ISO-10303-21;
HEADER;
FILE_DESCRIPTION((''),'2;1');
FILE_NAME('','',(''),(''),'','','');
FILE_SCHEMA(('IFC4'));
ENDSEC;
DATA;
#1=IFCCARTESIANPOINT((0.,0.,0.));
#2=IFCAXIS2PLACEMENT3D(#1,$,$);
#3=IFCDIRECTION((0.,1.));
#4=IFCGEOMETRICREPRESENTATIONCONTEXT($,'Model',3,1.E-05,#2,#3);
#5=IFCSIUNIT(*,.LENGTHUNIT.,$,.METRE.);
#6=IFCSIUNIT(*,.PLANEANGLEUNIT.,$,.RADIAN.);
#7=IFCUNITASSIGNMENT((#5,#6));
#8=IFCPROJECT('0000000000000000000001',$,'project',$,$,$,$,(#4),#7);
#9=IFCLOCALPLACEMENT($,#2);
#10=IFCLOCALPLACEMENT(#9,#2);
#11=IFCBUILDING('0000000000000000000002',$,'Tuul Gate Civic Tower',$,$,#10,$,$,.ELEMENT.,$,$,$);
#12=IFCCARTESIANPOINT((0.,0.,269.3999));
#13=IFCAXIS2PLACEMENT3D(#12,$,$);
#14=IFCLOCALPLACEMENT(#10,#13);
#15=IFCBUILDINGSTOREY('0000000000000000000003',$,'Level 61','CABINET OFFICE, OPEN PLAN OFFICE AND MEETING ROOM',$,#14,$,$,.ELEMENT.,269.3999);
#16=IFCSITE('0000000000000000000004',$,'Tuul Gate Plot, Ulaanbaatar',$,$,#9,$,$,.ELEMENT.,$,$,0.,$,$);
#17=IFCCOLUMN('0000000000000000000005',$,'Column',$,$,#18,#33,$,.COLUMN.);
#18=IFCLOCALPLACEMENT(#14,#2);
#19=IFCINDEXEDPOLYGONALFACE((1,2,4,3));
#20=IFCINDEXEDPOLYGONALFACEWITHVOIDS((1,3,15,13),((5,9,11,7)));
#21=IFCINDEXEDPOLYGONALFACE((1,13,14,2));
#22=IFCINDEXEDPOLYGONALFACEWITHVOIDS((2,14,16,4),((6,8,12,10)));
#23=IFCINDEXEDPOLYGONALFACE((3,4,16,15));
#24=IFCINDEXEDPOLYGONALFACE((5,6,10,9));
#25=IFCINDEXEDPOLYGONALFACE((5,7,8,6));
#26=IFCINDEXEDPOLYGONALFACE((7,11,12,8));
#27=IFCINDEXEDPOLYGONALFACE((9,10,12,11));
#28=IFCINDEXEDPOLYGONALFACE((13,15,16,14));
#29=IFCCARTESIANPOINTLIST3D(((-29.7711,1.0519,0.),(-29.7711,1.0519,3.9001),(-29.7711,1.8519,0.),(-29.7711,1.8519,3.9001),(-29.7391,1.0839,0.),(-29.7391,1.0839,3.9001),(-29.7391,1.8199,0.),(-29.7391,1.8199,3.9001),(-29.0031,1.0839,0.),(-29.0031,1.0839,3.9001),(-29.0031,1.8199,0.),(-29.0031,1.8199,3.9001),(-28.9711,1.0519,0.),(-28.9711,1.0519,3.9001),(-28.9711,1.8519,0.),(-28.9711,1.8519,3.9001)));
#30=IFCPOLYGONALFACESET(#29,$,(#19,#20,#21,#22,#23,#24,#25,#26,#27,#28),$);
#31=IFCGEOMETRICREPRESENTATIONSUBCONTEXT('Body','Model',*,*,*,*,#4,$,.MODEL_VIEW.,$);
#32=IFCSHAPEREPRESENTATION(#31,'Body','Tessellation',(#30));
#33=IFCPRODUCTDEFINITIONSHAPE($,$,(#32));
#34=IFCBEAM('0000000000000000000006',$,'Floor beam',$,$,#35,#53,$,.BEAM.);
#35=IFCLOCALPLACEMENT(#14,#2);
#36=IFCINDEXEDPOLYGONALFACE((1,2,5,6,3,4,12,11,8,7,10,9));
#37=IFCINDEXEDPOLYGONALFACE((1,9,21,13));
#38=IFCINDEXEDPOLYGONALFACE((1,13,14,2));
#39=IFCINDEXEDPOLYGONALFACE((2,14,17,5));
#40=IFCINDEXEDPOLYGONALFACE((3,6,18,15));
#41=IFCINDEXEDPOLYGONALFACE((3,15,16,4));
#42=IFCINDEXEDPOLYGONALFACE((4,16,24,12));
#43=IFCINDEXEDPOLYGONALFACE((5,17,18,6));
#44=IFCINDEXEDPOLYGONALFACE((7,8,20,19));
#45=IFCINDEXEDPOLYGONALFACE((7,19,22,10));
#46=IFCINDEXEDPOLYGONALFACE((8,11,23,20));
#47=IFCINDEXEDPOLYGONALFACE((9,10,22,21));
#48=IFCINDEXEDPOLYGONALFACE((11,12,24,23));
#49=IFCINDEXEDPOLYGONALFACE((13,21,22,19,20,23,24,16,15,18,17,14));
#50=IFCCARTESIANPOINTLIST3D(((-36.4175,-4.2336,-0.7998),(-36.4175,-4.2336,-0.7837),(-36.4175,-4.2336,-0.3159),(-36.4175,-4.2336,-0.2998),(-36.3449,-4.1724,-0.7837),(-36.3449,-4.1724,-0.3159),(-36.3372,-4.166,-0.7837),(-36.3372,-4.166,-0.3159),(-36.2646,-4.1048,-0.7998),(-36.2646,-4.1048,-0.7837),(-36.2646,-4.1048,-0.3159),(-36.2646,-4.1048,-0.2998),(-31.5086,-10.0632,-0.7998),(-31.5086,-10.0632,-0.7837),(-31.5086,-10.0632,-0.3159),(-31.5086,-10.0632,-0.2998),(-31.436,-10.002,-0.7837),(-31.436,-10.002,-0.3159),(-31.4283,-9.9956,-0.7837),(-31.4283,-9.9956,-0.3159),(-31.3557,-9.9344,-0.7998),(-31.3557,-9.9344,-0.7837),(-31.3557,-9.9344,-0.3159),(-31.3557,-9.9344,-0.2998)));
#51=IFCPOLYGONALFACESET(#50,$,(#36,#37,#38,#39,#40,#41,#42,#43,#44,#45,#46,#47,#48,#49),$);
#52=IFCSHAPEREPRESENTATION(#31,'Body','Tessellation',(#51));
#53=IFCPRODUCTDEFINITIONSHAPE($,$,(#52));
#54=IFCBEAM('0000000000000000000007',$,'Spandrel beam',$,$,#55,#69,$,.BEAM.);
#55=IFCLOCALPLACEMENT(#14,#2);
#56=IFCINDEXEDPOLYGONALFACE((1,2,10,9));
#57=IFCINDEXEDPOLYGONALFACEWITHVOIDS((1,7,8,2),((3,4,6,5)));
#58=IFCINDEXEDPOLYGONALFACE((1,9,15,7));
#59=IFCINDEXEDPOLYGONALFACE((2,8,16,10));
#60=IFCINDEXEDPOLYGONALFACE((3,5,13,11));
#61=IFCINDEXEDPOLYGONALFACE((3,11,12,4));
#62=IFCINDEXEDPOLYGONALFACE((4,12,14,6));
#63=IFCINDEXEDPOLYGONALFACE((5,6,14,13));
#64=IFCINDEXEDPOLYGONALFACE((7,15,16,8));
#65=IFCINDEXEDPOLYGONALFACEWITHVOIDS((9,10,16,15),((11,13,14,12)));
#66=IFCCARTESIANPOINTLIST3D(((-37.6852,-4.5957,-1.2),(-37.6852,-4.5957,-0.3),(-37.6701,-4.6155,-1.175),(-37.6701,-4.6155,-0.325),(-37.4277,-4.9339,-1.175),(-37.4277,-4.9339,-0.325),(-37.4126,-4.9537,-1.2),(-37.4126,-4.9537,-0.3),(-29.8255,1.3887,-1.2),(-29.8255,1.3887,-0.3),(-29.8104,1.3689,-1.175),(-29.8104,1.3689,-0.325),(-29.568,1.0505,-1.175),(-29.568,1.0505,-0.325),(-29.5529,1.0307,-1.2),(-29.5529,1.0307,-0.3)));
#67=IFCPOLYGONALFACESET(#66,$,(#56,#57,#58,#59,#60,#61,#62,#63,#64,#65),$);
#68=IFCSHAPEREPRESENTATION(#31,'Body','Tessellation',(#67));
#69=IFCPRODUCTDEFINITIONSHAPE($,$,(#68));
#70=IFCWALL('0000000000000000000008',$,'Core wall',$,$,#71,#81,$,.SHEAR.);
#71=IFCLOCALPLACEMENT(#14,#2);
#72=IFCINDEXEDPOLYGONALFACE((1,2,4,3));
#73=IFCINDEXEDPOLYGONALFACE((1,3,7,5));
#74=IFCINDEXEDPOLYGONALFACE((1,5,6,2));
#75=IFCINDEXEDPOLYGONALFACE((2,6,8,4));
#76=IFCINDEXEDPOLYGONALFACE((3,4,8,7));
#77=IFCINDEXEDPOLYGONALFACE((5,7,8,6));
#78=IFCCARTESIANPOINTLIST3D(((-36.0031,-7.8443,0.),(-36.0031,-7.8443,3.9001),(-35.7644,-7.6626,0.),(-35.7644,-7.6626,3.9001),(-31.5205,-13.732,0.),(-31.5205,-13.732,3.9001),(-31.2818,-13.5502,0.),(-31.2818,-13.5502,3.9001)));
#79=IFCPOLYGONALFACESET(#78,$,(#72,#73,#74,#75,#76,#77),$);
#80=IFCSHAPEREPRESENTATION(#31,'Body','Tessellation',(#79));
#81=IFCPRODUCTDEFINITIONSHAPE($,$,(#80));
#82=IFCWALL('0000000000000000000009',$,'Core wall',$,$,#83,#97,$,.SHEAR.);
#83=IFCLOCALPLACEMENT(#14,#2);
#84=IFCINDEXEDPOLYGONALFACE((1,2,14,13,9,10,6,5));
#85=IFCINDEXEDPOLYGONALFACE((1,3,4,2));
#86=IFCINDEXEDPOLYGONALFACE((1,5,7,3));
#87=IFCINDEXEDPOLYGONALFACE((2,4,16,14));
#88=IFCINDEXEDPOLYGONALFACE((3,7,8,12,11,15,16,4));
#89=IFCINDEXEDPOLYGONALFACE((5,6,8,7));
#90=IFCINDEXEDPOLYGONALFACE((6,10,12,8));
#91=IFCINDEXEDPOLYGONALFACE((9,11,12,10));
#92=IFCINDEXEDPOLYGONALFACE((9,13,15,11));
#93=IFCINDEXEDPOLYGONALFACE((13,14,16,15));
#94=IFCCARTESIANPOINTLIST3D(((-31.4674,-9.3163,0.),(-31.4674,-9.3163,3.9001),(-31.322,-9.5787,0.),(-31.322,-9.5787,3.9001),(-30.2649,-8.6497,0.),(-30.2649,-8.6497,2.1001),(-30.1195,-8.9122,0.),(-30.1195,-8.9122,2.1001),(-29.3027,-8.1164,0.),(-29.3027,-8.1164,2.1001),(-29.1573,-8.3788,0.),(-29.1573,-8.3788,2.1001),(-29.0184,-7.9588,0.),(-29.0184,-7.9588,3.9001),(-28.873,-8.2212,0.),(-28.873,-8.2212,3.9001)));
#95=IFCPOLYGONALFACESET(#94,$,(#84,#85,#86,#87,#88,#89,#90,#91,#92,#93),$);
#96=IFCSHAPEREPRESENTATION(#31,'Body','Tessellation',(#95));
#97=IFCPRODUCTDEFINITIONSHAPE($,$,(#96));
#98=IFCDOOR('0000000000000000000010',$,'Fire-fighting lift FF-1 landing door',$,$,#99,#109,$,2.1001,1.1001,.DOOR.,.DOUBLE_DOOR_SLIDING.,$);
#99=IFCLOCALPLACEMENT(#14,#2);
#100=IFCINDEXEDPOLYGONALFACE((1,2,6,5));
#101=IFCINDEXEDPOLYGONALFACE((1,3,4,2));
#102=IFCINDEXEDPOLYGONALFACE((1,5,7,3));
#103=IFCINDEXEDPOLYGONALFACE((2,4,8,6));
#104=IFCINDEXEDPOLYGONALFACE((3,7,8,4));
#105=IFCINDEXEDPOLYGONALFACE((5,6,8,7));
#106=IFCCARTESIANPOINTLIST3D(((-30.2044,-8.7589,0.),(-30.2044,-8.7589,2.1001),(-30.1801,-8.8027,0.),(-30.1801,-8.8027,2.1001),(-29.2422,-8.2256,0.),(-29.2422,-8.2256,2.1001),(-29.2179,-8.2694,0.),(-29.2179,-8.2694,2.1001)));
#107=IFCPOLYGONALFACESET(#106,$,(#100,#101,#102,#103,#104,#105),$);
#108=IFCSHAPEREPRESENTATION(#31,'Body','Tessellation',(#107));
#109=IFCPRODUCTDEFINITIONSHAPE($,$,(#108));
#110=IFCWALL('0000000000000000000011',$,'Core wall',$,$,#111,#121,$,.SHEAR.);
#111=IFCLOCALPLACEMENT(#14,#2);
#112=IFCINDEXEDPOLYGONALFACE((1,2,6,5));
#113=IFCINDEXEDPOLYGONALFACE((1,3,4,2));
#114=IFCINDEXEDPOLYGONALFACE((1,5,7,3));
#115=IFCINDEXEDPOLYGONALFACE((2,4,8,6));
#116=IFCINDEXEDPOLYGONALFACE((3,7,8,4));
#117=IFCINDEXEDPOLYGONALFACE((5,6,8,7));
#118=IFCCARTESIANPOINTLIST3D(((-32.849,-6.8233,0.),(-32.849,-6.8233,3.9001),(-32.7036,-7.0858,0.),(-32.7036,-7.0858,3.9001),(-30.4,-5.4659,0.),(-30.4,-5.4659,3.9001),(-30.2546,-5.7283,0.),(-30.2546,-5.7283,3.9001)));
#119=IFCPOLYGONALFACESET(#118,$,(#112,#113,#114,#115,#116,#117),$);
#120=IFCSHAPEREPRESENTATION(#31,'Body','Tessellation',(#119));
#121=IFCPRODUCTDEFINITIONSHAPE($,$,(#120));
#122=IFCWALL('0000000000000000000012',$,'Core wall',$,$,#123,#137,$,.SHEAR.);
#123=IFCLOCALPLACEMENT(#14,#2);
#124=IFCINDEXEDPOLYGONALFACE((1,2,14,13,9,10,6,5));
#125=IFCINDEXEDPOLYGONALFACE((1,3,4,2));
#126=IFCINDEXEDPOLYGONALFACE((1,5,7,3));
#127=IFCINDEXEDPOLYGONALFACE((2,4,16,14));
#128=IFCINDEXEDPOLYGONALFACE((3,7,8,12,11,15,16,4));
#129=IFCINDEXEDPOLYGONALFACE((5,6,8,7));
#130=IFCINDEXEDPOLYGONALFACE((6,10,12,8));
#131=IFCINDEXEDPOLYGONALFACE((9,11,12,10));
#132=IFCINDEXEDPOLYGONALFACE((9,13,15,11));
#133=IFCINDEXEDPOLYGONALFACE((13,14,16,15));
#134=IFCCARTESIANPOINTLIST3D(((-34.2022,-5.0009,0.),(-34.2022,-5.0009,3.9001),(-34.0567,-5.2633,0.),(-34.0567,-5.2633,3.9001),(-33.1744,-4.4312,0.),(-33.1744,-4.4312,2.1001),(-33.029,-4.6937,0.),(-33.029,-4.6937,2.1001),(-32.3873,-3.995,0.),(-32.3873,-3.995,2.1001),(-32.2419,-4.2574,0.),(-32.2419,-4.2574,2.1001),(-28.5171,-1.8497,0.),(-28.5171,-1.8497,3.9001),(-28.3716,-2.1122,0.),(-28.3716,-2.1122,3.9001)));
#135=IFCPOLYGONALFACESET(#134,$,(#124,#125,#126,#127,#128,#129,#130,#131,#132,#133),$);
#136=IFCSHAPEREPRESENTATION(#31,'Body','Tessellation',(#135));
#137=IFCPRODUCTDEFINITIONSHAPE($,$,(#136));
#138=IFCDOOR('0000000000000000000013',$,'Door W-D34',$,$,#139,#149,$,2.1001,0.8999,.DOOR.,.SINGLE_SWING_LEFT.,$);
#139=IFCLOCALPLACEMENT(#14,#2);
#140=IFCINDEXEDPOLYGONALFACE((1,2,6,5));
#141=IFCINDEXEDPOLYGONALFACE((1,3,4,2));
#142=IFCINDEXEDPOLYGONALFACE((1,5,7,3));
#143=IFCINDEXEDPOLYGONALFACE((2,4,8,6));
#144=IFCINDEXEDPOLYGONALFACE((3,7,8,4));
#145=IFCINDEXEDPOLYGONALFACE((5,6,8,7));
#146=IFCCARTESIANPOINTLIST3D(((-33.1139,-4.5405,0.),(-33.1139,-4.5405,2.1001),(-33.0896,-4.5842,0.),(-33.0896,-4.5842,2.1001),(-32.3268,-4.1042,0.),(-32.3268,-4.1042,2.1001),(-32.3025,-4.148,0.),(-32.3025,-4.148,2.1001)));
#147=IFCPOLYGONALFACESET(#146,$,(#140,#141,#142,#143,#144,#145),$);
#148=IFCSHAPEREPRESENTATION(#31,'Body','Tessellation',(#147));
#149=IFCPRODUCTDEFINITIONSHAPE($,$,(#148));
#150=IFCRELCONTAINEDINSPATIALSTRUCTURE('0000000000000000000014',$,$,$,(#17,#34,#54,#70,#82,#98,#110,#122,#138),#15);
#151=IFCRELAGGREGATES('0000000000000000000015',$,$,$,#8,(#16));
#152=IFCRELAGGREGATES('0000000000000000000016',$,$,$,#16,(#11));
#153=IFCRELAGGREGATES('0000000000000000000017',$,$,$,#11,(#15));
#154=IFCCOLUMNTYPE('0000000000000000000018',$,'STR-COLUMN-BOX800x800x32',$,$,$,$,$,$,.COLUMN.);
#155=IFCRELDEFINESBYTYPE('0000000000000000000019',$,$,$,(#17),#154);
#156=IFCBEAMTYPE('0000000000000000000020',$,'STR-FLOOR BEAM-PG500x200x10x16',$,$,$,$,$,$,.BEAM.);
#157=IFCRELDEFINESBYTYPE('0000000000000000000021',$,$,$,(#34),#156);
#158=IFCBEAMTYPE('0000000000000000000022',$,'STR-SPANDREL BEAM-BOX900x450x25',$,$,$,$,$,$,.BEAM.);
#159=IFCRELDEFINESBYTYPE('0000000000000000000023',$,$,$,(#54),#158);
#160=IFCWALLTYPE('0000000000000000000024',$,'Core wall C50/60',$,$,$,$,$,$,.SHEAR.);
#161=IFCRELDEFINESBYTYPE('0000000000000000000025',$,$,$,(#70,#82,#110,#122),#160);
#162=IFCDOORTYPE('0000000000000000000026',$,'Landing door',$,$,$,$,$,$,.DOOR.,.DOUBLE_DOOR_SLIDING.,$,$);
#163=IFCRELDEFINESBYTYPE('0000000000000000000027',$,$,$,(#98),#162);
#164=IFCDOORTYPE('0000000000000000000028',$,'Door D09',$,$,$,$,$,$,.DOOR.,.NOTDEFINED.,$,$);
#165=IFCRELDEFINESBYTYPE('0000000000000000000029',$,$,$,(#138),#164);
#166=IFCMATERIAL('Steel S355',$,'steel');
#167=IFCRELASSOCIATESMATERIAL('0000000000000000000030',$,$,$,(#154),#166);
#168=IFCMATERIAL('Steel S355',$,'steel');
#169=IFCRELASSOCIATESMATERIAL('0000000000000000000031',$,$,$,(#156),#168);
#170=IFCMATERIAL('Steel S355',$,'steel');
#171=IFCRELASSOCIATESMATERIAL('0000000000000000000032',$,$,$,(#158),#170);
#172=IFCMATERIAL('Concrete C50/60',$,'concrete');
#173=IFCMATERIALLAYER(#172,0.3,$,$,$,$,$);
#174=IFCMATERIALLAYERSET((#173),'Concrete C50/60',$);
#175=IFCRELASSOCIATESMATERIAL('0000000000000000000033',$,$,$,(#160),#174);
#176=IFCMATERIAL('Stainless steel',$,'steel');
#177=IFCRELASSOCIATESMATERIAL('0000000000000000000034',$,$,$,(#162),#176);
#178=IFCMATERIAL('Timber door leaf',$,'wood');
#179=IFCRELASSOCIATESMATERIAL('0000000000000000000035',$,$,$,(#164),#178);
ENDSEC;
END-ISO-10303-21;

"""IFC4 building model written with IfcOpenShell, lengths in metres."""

from ifc_helpers import new_model, si_unit, direction, frame, frame_2d, origin, origin_2d, place, context, subcontext, project, spatial, rectangle, hollow_rectangle, i_section, extrude, material, layer, layer_set, material_profile, profile_set, type_object, element, fill, save


model = new_model("IFC4")

# Units and contexts
model_context = context("Model", 3, precision=1e-05, world=origin(), true_north=direction((0.0, 1.0)))
body_context = subcontext(model_context, "Body", "Model", "MODEL_VIEW")
ifc_project = project(units=[si_unit("LENGTHUNIT", "METRE"), si_unit("PLANEANGLEUNIT", "RADIAN")], contexts=[model_context])

# Site, building, storey
site_placement = place(None, origin())
site = spatial("IfcSite", under=ifc_project, at=site_placement, Name="Tuul Gate Plot, Ulaanbaatar", CompositionType="ELEMENT", RefElevation=0.0)
building_placement = place(site_placement, origin())
building = spatial("IfcBuilding", under=site, at=building_placement, Name="Tuul Gate Civic Tower", CompositionType="ELEMENT")
storey_placement = place(building_placement, frame((0.0, 0.0, 269.3999)))
storey = spatial("IfcBuildingStorey", under=building, at=storey_placement, Name="Level 61", Description="CABINET OFFICE, OPEN PLAN OFFICE AND MEETING ROOM", CompositionType="ELEMENT", Elevation=269.3999)

# Column
ifc_material_1 = material(Name="Steel S355", Category="steel")
ifc_material_profile_1 = material_profile(ifc_material_1, hollow_rectangle(XDim=0.8, YDim=0.8, WallThickness=0.032, at=origin_2d()), Name="BOX800x800x32")
ifc_profile_set_1 = profile_set([ifc_material_profile_1], Name="Steel S355")
column_type = type_object("IfcColumnType", Name="STR-COLUMN-BOX800x800x32", PredefinedType="COLUMN", material=ifc_profile_set_1)
column_placement = place(storey_placement, frame((-29.3711, 1.4519, 0.0), z_axis=(0.0, 0.0, 1.0), x_axis=(1.0, 0.0, 0.0)))
element("IfcColumn", 1, at=column_placement, inside=storey, type_object=column_type, Name="Column", PredefinedType="COLUMN", context=body_context, shape_type="SweptSolid", body=[
    extrude(hollow_rectangle(XDim=0.8, YDim=0.8, WallThickness=0.032, at=origin_2d()), origin(), (0.0, 0.0, 1.0), 3.9001),
])

# Beams
ifc_material_2 = material(Name="Steel S355", Category="steel")
ifc_material_profile_2 = material_profile(ifc_material_2, i_section(OverallWidth=0.2, OverallDepth=0.5, WebThickness=0.01, FlangeThickness=0.0161, at=origin_2d()), Name="PG500x200x10x16")
ifc_profile_set_2 = profile_set([ifc_material_profile_2], Name="Steel S355")
beam_type_1 = type_object("IfcBeamType", Name="STR-FLOOR BEAM-PG500x200x10x16", PredefinedType="BEAM", material=ifc_profile_set_2)
beam_1_placement = place(storey_placement, frame((-31.4321, -9.9988, -0.5498), z_axis=(-0.644121, 0.764924, 0.0), x_axis=(-0.764924, -0.644121, 0.0)))
element("IfcBeam", 2, at=beam_1_placement, inside=storey, type_object=beam_type_1, Name="Floor beam", PredefinedType="BEAM", context=body_context, shape_type="SweptSolid", body=[
    extrude(i_section(OverallWidth=0.2, OverallDepth=0.5, WebThickness=0.01, FlangeThickness=0.0161, at=origin_2d()), origin(), (0.0, 0.0, 1.0), 7.6211),
])
ifc_material_3 = material(Name="Steel S355", Category="steel")
ifc_material_profile_3 = material_profile(ifc_material_3, hollow_rectangle(XDim=0.45, YDim=0.8999, WallThickness=0.0249, at=origin_2d()), Name="BOX900x450x25")
ifc_profile_set_3 = profile_set([ifc_material_profile_3], Name="Steel S355")
beam_type_2 = type_object("IfcBeamType", Name="STR-SPANDREL BEAM-BOX900x450x25", PredefinedType="BEAM", material=ifc_profile_set_3)
beam_2_placement = place(storey_placement, frame((-29.6892, 1.2097, -0.75), z_axis=(-0.795622, -0.605793, 0.0), x_axis=(0.605793, -0.795622, 0.0)))
element("IfcBeam", 3, at=beam_2_placement, inside=storey, type_object=beam_type_2, Name="Spandrel beam", PredefinedType="BEAM", context=body_context, shape_type="SweptSolid", body=[
    extrude(hollow_rectangle(XDim=0.45, YDim=0.8999, WallThickness=0.0249, at=origin_2d()), origin(), (0.0, 0.0, 1.0), 9.8787),
])

# Wall
ifc_material_4 = material(Name="Concrete C50/60", Category="concrete")
ifc_layer_1 = layer(ifc_material_4, 0.3)
ifc_layer_set_1 = layer_set([ifc_layer_1], Name="Concrete C50/60")
wall_type_1 = type_object("IfcWallType", Name="Core wall C50/60", PredefinedType="SHEAR", material=ifc_layer_set_1)
wall_1_placement = place(storey_placement, frame((-31.4011, -13.6411, 0.0), z_axis=(0.0, 0.0, 1.0), x_axis=(-0.60577, 0.79564, 0.0)))
element("IfcWall", 4, at=wall_1_placement, inside=storey, type_object=wall_type_1, Name="Core wall", PredefinedType="SHEAR", context=body_context, shape_type="SweptSolid", body=[
    extrude(rectangle(XDim=7.3999, YDim=0.3, at=frame_2d((3.7, 0.0))), origin(), (0.0, 0.0, 1.0), 3.9001),
])

# Wall, opening, door
wall_2_placement = place(storey_placement, frame((-28.9458, -8.0901, 0.0), z_axis=(0.0, 0.0, 1.0), x_axis=(-0.87463, -0.484791, 0.0)))
wall_2 = element("IfcWall", 5, at=wall_2_placement, inside=storey, type_object=wall_type_1, Name="Core wall", PredefinedType="SHEAR", context=body_context, shape_type="SweptSolid", body=[
    extrude(rectangle(XDim=2.8, YDim=0.3, at=frame_2d((1.3999, 0.0))), origin(), (0.0, 0.0, 1.0), 3.9001),
])
opening_1_placement = place(wall_2_placement, frame((0.325, 0.0, 0.0)))
opening_1 = element("IfcOpeningElement", 6, at=opening_1_placement, cuts=wall_2, PredefinedType="OPENING", context=body_context, shape_type="SweptSolid", body=[
    extrude(rectangle(XDim=1.1001, YDim=2.1001, at=frame_2d((0.55, 1.05))), frame((0.0, 0.1602, 0.0), z_axis=(0.0, -1.0, 0.0), x_axis=(1.0, 0.0, 0.0)), (0.0, 0.0, 1.0), 0.3201),
])
ifc_material_5 = material(Name="Stainless steel", Category="steel")
door_type_1 = type_object("IfcDoorType", Name="Landing door", OperationType="DOUBLE_DOOR_SLIDING", PredefinedType="DOOR", material=ifc_material_5)
door_1_placement = place(opening_1_placement, origin())
door_1 = element("IfcDoor", 7, at=door_1_placement, inside=storey, type_object=door_type_1, Name="Fire-fighting lift FF-1 landing door", OperationType="DOUBLE_DOOR_SLIDING", OverallHeight=2.1001, OverallWidth=1.1001, PredefinedType="DOOR", context=body_context, shape_type="SweptSolid", body=[
    extrude(rectangle(XDim=1.1001, YDim=2.1001, at=frame_2d((0.55, 1.05))), frame((0.0, 0.0249, 0.0), z_axis=(0.0, -1.0, 0.0), x_axis=(1.0, 0.0, 0.0)), (0.0, 0.0, 1.0), 0.05),
])
fill(opening_1, door_1)

# Wall
wall_3_placement = place(storey_placement, frame((-30.3274, -5.5972, 0.0), z_axis=(0.0, 0.0, 1.0), x_axis=(-0.87463, -0.484791, 0.0)))
element("IfcWall", 8, at=wall_3_placement, inside=storey, type_object=wall_type_1, Name="Core wall", PredefinedType="SHEAR", context=body_context, shape_type="SweptSolid", body=[
    extrude(rectangle(XDim=2.8, YDim=0.3, at=frame_2d((1.3999, 0.0))), origin(), (0.0, 0.0, 1.0), 3.9001),
])

# Wall, opening, door
wall_4_placement = place(storey_placement, frame((-28.4443, -1.981, 0.0), z_axis=(0.0, 0.0, 1.0), x_axis=(-0.87463, -0.484791, 0.0)))
wall_4 = element("IfcWall", 9, at=wall_4_placement, inside=storey, type_object=wall_type_1, Name="Core wall", PredefinedType="SHEAR", context=body_context, shape_type="SweptSolid", body=[
    extrude(rectangle(XDim=6.5, YDim=0.3, at=frame_2d((3.25, 0.0))), origin(), (0.0, 0.0, 1.0), 3.9001),
])
opening_2_placement = place(wall_4_placement, frame((4.425, 0.0, 0.0)))
opening_2 = element("IfcOpeningElement", 10, at=opening_2_placement, cuts=wall_4, PredefinedType="OPENING", context=body_context, shape_type="SweptSolid", body=[
    extrude(rectangle(XDim=0.8999, YDim=2.1001, at=frame_2d((0.45, 1.05))), frame((0.0, 0.1602, 0.0), z_axis=(0.0, -1.0, 0.0), x_axis=(1.0, 0.0, 0.0)), (0.0, 0.0, 1.0), 0.3201),
])
ifc_material_6 = material(Name="Timber door leaf", Category="wood")
door_type_2 = type_object("IfcDoorType", Name="Door D09", OperationType="NOTDEFINED", PredefinedType="DOOR", material=ifc_material_6)
door_2_placement = place(opening_2_placement, origin())
door_2 = element("IfcDoor", 11, at=door_2_placement, inside=storey, type_object=door_type_2, Name="Door W-D34", OperationType="SINGLE_SWING_LEFT", OverallHeight=2.1001, OverallWidth=0.8999, PredefinedType="DOOR", context=body_context, shape_type="SweptSolid", body=[
    extrude(rectangle(XDim=0.8999, YDim=2.1001, at=frame_2d((0.45, 1.05))), frame((0.0, 0.0249, 0.0), z_axis=(0.0, -1.0, 0.0), x_axis=(1.0, 0.0, 0.0)), (0.0, 0.0, 1.0), 0.05),
])
fill(opening_2, door_2)

save(model, "model.ifc")
